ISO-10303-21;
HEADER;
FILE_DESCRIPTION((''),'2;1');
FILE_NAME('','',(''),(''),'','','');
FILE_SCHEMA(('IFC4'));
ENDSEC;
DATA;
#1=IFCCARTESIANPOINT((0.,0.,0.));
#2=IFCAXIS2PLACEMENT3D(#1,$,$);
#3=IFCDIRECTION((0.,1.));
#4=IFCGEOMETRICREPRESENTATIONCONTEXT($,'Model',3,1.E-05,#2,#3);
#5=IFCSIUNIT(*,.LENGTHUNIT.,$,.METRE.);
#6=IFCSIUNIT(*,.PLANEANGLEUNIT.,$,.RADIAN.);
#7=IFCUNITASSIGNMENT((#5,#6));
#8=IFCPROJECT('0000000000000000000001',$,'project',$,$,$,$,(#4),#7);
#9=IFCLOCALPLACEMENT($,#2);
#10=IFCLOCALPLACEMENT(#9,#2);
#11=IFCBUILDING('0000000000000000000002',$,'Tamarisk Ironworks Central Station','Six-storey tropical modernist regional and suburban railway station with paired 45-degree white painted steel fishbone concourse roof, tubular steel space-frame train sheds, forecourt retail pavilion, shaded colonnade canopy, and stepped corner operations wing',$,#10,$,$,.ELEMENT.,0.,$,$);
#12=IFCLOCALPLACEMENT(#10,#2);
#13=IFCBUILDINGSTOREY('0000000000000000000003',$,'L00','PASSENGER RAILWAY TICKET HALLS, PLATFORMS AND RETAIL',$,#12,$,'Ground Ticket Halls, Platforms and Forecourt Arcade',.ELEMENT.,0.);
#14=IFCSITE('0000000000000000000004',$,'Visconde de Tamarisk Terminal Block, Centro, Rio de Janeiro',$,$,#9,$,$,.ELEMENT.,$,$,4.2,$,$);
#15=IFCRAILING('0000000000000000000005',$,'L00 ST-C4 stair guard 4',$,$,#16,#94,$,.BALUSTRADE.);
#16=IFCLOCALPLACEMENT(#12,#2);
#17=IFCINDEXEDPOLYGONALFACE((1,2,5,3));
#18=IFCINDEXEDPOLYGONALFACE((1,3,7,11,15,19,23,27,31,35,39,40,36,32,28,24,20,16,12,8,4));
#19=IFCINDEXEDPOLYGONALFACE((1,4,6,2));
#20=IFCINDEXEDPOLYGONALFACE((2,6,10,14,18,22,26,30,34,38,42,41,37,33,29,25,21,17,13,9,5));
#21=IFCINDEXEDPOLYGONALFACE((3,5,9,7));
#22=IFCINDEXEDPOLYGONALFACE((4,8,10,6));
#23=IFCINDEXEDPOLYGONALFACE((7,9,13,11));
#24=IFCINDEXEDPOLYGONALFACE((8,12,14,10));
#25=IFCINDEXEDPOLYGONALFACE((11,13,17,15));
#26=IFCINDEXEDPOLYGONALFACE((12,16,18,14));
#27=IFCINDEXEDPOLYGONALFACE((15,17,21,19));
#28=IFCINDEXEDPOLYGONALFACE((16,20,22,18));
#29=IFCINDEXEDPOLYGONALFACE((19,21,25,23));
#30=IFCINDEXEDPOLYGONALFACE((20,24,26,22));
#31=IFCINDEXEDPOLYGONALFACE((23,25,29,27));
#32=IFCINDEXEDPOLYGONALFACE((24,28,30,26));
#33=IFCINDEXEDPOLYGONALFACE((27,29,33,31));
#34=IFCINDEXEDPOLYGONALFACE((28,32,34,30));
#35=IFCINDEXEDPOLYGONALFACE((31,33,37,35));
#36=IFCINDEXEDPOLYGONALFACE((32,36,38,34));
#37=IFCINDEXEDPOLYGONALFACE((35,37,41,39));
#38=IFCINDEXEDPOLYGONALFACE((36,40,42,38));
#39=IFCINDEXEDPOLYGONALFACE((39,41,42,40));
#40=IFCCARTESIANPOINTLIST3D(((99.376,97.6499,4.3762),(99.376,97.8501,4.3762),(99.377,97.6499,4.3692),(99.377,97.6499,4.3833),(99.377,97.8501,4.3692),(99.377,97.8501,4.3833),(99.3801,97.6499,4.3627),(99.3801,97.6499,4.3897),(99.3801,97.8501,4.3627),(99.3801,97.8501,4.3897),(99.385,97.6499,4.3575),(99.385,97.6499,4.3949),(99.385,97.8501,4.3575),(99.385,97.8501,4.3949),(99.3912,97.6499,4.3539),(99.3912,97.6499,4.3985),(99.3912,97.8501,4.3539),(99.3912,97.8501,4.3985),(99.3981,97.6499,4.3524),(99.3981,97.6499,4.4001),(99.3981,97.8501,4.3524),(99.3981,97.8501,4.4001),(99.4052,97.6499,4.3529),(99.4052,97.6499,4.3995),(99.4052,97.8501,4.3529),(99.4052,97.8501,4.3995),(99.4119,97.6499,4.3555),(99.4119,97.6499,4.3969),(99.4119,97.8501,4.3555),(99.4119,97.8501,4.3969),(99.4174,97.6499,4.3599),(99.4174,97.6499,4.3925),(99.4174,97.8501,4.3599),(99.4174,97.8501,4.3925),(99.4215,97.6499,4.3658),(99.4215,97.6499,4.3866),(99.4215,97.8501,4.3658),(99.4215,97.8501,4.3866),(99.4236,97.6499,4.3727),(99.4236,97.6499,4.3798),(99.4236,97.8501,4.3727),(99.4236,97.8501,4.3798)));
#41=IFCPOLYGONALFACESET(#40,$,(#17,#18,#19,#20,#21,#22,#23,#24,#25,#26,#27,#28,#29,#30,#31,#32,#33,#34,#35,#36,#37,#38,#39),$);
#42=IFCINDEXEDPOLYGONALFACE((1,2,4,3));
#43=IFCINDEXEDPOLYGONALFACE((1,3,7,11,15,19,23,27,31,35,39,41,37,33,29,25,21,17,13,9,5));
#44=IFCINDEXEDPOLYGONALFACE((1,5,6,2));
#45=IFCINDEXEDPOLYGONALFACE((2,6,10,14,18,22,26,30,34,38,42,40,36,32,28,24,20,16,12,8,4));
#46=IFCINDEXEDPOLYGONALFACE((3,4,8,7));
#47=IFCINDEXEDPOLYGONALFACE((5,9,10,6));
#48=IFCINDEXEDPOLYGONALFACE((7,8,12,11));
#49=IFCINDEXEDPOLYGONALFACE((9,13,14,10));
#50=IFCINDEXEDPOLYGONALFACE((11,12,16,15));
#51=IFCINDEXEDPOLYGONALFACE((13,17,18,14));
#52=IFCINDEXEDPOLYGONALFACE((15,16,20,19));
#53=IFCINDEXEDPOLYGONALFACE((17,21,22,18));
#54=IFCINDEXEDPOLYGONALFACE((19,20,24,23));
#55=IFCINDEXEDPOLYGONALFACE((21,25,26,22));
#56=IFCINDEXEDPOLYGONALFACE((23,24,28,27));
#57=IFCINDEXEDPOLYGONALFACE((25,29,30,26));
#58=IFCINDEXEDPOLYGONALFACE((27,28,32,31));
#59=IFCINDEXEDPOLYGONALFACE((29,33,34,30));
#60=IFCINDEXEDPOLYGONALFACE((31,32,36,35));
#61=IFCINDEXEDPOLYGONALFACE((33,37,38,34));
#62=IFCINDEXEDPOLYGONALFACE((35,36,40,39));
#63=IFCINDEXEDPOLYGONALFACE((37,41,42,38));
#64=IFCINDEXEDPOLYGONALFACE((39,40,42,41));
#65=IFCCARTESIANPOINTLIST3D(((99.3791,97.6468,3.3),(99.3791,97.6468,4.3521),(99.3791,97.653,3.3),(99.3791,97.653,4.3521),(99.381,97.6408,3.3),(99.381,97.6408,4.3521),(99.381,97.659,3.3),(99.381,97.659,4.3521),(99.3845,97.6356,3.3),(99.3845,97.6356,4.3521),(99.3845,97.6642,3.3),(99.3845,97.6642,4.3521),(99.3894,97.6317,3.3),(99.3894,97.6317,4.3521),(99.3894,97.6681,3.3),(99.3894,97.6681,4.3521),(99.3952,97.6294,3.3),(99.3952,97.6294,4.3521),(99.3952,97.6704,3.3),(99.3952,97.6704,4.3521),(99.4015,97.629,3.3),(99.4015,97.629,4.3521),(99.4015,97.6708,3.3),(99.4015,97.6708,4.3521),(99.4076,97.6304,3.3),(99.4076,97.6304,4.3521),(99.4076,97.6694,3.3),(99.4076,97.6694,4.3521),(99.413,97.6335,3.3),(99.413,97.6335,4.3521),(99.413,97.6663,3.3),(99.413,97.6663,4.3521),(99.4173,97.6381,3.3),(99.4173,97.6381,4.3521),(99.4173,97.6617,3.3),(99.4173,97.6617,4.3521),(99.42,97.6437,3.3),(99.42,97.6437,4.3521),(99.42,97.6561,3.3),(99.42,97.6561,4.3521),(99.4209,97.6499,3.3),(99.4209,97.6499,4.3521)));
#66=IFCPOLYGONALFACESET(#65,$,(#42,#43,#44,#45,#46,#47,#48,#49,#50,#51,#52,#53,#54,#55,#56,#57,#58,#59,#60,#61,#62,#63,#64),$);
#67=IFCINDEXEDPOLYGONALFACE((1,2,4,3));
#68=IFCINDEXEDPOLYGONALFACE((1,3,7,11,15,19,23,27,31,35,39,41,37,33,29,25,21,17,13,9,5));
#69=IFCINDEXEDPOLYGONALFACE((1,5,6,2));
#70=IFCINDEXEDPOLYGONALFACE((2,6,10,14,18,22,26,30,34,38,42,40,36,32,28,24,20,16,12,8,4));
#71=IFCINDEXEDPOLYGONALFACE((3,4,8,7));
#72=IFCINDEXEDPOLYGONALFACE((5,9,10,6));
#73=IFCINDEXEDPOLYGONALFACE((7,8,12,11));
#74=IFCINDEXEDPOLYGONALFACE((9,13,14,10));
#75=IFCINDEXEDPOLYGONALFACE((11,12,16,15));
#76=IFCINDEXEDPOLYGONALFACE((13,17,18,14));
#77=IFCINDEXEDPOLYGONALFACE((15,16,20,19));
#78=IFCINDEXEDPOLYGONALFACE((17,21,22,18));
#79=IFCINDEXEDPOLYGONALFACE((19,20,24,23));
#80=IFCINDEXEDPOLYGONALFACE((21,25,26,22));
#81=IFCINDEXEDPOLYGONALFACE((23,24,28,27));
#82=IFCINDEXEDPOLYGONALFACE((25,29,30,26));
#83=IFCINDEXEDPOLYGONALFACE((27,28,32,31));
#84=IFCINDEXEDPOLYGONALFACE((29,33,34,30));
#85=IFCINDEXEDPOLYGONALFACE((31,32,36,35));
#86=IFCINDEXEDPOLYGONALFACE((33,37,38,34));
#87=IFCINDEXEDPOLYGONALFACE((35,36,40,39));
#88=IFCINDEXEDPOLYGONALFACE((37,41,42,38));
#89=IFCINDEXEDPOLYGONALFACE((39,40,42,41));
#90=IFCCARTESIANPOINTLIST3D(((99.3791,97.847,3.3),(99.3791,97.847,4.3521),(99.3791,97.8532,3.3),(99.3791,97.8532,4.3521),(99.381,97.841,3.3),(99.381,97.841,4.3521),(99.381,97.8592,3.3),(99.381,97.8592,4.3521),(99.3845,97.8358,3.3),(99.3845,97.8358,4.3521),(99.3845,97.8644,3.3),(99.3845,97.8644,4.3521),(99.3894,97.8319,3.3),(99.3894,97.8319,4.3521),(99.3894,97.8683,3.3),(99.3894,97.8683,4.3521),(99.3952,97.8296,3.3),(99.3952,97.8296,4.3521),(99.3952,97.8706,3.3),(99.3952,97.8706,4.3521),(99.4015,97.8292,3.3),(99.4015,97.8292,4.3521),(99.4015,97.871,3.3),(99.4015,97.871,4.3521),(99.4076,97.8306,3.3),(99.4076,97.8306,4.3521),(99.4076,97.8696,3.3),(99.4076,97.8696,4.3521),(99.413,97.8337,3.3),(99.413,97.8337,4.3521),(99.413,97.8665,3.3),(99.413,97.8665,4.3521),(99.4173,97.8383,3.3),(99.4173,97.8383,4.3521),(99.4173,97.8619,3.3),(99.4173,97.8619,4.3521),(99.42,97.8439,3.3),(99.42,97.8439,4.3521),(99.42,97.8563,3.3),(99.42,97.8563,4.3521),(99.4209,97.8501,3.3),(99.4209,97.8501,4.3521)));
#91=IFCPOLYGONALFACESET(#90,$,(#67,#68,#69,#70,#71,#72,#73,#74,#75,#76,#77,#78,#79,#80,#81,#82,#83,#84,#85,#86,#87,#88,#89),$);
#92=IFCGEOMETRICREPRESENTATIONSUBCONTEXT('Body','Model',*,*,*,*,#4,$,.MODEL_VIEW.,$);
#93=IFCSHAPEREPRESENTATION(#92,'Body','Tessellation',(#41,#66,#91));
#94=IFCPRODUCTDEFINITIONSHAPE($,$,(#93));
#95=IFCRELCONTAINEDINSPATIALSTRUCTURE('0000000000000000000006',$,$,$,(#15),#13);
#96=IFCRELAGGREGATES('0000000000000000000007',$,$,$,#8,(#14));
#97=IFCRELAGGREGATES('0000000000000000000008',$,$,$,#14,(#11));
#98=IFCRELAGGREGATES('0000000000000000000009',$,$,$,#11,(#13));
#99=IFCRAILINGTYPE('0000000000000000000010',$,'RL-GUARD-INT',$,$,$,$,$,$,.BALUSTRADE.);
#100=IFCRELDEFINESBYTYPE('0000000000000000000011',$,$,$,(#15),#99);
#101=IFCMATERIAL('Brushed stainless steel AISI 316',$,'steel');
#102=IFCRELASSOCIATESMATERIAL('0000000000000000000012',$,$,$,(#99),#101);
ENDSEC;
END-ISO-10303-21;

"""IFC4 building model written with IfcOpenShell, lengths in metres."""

from ifc_helpers import new_model, si_unit, direction, frame, origin, origin_2d, place, context, subcontext, project, spatial, circle, extrude, material, type_object, element, save


model = new_model("IFC4")

# Units and contexts
model_context = context("Model", 3, precision=1e-05, world=origin(), true_north=direction((0.0, 1.0)))
body_context = subcontext(model_context, "Body", "Model", "MODEL_VIEW")
ifc_project = project(units=[si_unit("LENGTHUNIT", "METRE"), si_unit("PLANEANGLEUNIT", "RADIAN")], contexts=[model_context])

# Site, building, storey
site_placement = place(None, origin())
site = spatial("IfcSite", under=ifc_project, at=site_placement, Name="Visconde de Tamarisk Terminal Block, Centro, Rio de Janeiro", CompositionType="ELEMENT", RefElevation=4.2)
building_placement = place(site_placement, origin())
building = spatial("IfcBuilding", under=site, at=building_placement, Name="Tamarisk Ironworks Central Station", Description="Six-storey tropical modernist regional and suburban railway station with paired 45-degree white painted steel fishbone concourse roof, tubular steel space-frame train sheds, forecourt retail pavilion, shaded colonnade canopy, and stepped corner operations wing", CompositionType="ELEMENT", ElevationOfRefHeight=0.0)
storey_placement = place(building_placement, origin())
storey = spatial("IfcBuildingStorey", under=building, at=storey_placement, Name="L00", Description="PASSENGER RAILWAY TICKET HALLS, PLATFORMS AND RETAIL", LongName="Ground Ticket Halls, Platforms and Forecourt Arcade", CompositionType="ELEMENT", Elevation=0.0)

# Railing
ifc_material_1 = material(Name="Brushed stainless steel AISI 316", Category="steel")
railing_type_1 = type_object("IfcRailingType", Name="RL-GUARD-INT", PredefinedType="BALUSTRADE", material=ifc_material_1)
railing_1_placement = place(storey_placement, frame((99.3999, 97.6499, 3.3)))
element("IfcRailing", 1, at=railing_1_placement, inside=storey, type_object=railing_type_1, Name="L00 ST-C4 stair guard 4", PredefinedType="BALUSTRADE", context=body_context, shape_type="SweptSolid", body=[
    extrude(circle(Radius=0.0239, at=origin_2d()), frame((0.0, 0.0, 1.0762), z_axis=(0.0, 1.0, 0.0), x_axis=(-1.0, 0.0, 0.0)), (0.0, 0.0, 1.0), 0.2002),
    extrude(circle(Radius=0.021, at=origin_2d()), origin(), (0.0, 0.0, 1.0), 1.052),
    extrude(circle(Radius=0.021, at=origin_2d()), frame((0.0, 0.2002, 0.0)), (0.0, 0.0, 1.0), 1.052),
])

save(model, "model.ifc")
